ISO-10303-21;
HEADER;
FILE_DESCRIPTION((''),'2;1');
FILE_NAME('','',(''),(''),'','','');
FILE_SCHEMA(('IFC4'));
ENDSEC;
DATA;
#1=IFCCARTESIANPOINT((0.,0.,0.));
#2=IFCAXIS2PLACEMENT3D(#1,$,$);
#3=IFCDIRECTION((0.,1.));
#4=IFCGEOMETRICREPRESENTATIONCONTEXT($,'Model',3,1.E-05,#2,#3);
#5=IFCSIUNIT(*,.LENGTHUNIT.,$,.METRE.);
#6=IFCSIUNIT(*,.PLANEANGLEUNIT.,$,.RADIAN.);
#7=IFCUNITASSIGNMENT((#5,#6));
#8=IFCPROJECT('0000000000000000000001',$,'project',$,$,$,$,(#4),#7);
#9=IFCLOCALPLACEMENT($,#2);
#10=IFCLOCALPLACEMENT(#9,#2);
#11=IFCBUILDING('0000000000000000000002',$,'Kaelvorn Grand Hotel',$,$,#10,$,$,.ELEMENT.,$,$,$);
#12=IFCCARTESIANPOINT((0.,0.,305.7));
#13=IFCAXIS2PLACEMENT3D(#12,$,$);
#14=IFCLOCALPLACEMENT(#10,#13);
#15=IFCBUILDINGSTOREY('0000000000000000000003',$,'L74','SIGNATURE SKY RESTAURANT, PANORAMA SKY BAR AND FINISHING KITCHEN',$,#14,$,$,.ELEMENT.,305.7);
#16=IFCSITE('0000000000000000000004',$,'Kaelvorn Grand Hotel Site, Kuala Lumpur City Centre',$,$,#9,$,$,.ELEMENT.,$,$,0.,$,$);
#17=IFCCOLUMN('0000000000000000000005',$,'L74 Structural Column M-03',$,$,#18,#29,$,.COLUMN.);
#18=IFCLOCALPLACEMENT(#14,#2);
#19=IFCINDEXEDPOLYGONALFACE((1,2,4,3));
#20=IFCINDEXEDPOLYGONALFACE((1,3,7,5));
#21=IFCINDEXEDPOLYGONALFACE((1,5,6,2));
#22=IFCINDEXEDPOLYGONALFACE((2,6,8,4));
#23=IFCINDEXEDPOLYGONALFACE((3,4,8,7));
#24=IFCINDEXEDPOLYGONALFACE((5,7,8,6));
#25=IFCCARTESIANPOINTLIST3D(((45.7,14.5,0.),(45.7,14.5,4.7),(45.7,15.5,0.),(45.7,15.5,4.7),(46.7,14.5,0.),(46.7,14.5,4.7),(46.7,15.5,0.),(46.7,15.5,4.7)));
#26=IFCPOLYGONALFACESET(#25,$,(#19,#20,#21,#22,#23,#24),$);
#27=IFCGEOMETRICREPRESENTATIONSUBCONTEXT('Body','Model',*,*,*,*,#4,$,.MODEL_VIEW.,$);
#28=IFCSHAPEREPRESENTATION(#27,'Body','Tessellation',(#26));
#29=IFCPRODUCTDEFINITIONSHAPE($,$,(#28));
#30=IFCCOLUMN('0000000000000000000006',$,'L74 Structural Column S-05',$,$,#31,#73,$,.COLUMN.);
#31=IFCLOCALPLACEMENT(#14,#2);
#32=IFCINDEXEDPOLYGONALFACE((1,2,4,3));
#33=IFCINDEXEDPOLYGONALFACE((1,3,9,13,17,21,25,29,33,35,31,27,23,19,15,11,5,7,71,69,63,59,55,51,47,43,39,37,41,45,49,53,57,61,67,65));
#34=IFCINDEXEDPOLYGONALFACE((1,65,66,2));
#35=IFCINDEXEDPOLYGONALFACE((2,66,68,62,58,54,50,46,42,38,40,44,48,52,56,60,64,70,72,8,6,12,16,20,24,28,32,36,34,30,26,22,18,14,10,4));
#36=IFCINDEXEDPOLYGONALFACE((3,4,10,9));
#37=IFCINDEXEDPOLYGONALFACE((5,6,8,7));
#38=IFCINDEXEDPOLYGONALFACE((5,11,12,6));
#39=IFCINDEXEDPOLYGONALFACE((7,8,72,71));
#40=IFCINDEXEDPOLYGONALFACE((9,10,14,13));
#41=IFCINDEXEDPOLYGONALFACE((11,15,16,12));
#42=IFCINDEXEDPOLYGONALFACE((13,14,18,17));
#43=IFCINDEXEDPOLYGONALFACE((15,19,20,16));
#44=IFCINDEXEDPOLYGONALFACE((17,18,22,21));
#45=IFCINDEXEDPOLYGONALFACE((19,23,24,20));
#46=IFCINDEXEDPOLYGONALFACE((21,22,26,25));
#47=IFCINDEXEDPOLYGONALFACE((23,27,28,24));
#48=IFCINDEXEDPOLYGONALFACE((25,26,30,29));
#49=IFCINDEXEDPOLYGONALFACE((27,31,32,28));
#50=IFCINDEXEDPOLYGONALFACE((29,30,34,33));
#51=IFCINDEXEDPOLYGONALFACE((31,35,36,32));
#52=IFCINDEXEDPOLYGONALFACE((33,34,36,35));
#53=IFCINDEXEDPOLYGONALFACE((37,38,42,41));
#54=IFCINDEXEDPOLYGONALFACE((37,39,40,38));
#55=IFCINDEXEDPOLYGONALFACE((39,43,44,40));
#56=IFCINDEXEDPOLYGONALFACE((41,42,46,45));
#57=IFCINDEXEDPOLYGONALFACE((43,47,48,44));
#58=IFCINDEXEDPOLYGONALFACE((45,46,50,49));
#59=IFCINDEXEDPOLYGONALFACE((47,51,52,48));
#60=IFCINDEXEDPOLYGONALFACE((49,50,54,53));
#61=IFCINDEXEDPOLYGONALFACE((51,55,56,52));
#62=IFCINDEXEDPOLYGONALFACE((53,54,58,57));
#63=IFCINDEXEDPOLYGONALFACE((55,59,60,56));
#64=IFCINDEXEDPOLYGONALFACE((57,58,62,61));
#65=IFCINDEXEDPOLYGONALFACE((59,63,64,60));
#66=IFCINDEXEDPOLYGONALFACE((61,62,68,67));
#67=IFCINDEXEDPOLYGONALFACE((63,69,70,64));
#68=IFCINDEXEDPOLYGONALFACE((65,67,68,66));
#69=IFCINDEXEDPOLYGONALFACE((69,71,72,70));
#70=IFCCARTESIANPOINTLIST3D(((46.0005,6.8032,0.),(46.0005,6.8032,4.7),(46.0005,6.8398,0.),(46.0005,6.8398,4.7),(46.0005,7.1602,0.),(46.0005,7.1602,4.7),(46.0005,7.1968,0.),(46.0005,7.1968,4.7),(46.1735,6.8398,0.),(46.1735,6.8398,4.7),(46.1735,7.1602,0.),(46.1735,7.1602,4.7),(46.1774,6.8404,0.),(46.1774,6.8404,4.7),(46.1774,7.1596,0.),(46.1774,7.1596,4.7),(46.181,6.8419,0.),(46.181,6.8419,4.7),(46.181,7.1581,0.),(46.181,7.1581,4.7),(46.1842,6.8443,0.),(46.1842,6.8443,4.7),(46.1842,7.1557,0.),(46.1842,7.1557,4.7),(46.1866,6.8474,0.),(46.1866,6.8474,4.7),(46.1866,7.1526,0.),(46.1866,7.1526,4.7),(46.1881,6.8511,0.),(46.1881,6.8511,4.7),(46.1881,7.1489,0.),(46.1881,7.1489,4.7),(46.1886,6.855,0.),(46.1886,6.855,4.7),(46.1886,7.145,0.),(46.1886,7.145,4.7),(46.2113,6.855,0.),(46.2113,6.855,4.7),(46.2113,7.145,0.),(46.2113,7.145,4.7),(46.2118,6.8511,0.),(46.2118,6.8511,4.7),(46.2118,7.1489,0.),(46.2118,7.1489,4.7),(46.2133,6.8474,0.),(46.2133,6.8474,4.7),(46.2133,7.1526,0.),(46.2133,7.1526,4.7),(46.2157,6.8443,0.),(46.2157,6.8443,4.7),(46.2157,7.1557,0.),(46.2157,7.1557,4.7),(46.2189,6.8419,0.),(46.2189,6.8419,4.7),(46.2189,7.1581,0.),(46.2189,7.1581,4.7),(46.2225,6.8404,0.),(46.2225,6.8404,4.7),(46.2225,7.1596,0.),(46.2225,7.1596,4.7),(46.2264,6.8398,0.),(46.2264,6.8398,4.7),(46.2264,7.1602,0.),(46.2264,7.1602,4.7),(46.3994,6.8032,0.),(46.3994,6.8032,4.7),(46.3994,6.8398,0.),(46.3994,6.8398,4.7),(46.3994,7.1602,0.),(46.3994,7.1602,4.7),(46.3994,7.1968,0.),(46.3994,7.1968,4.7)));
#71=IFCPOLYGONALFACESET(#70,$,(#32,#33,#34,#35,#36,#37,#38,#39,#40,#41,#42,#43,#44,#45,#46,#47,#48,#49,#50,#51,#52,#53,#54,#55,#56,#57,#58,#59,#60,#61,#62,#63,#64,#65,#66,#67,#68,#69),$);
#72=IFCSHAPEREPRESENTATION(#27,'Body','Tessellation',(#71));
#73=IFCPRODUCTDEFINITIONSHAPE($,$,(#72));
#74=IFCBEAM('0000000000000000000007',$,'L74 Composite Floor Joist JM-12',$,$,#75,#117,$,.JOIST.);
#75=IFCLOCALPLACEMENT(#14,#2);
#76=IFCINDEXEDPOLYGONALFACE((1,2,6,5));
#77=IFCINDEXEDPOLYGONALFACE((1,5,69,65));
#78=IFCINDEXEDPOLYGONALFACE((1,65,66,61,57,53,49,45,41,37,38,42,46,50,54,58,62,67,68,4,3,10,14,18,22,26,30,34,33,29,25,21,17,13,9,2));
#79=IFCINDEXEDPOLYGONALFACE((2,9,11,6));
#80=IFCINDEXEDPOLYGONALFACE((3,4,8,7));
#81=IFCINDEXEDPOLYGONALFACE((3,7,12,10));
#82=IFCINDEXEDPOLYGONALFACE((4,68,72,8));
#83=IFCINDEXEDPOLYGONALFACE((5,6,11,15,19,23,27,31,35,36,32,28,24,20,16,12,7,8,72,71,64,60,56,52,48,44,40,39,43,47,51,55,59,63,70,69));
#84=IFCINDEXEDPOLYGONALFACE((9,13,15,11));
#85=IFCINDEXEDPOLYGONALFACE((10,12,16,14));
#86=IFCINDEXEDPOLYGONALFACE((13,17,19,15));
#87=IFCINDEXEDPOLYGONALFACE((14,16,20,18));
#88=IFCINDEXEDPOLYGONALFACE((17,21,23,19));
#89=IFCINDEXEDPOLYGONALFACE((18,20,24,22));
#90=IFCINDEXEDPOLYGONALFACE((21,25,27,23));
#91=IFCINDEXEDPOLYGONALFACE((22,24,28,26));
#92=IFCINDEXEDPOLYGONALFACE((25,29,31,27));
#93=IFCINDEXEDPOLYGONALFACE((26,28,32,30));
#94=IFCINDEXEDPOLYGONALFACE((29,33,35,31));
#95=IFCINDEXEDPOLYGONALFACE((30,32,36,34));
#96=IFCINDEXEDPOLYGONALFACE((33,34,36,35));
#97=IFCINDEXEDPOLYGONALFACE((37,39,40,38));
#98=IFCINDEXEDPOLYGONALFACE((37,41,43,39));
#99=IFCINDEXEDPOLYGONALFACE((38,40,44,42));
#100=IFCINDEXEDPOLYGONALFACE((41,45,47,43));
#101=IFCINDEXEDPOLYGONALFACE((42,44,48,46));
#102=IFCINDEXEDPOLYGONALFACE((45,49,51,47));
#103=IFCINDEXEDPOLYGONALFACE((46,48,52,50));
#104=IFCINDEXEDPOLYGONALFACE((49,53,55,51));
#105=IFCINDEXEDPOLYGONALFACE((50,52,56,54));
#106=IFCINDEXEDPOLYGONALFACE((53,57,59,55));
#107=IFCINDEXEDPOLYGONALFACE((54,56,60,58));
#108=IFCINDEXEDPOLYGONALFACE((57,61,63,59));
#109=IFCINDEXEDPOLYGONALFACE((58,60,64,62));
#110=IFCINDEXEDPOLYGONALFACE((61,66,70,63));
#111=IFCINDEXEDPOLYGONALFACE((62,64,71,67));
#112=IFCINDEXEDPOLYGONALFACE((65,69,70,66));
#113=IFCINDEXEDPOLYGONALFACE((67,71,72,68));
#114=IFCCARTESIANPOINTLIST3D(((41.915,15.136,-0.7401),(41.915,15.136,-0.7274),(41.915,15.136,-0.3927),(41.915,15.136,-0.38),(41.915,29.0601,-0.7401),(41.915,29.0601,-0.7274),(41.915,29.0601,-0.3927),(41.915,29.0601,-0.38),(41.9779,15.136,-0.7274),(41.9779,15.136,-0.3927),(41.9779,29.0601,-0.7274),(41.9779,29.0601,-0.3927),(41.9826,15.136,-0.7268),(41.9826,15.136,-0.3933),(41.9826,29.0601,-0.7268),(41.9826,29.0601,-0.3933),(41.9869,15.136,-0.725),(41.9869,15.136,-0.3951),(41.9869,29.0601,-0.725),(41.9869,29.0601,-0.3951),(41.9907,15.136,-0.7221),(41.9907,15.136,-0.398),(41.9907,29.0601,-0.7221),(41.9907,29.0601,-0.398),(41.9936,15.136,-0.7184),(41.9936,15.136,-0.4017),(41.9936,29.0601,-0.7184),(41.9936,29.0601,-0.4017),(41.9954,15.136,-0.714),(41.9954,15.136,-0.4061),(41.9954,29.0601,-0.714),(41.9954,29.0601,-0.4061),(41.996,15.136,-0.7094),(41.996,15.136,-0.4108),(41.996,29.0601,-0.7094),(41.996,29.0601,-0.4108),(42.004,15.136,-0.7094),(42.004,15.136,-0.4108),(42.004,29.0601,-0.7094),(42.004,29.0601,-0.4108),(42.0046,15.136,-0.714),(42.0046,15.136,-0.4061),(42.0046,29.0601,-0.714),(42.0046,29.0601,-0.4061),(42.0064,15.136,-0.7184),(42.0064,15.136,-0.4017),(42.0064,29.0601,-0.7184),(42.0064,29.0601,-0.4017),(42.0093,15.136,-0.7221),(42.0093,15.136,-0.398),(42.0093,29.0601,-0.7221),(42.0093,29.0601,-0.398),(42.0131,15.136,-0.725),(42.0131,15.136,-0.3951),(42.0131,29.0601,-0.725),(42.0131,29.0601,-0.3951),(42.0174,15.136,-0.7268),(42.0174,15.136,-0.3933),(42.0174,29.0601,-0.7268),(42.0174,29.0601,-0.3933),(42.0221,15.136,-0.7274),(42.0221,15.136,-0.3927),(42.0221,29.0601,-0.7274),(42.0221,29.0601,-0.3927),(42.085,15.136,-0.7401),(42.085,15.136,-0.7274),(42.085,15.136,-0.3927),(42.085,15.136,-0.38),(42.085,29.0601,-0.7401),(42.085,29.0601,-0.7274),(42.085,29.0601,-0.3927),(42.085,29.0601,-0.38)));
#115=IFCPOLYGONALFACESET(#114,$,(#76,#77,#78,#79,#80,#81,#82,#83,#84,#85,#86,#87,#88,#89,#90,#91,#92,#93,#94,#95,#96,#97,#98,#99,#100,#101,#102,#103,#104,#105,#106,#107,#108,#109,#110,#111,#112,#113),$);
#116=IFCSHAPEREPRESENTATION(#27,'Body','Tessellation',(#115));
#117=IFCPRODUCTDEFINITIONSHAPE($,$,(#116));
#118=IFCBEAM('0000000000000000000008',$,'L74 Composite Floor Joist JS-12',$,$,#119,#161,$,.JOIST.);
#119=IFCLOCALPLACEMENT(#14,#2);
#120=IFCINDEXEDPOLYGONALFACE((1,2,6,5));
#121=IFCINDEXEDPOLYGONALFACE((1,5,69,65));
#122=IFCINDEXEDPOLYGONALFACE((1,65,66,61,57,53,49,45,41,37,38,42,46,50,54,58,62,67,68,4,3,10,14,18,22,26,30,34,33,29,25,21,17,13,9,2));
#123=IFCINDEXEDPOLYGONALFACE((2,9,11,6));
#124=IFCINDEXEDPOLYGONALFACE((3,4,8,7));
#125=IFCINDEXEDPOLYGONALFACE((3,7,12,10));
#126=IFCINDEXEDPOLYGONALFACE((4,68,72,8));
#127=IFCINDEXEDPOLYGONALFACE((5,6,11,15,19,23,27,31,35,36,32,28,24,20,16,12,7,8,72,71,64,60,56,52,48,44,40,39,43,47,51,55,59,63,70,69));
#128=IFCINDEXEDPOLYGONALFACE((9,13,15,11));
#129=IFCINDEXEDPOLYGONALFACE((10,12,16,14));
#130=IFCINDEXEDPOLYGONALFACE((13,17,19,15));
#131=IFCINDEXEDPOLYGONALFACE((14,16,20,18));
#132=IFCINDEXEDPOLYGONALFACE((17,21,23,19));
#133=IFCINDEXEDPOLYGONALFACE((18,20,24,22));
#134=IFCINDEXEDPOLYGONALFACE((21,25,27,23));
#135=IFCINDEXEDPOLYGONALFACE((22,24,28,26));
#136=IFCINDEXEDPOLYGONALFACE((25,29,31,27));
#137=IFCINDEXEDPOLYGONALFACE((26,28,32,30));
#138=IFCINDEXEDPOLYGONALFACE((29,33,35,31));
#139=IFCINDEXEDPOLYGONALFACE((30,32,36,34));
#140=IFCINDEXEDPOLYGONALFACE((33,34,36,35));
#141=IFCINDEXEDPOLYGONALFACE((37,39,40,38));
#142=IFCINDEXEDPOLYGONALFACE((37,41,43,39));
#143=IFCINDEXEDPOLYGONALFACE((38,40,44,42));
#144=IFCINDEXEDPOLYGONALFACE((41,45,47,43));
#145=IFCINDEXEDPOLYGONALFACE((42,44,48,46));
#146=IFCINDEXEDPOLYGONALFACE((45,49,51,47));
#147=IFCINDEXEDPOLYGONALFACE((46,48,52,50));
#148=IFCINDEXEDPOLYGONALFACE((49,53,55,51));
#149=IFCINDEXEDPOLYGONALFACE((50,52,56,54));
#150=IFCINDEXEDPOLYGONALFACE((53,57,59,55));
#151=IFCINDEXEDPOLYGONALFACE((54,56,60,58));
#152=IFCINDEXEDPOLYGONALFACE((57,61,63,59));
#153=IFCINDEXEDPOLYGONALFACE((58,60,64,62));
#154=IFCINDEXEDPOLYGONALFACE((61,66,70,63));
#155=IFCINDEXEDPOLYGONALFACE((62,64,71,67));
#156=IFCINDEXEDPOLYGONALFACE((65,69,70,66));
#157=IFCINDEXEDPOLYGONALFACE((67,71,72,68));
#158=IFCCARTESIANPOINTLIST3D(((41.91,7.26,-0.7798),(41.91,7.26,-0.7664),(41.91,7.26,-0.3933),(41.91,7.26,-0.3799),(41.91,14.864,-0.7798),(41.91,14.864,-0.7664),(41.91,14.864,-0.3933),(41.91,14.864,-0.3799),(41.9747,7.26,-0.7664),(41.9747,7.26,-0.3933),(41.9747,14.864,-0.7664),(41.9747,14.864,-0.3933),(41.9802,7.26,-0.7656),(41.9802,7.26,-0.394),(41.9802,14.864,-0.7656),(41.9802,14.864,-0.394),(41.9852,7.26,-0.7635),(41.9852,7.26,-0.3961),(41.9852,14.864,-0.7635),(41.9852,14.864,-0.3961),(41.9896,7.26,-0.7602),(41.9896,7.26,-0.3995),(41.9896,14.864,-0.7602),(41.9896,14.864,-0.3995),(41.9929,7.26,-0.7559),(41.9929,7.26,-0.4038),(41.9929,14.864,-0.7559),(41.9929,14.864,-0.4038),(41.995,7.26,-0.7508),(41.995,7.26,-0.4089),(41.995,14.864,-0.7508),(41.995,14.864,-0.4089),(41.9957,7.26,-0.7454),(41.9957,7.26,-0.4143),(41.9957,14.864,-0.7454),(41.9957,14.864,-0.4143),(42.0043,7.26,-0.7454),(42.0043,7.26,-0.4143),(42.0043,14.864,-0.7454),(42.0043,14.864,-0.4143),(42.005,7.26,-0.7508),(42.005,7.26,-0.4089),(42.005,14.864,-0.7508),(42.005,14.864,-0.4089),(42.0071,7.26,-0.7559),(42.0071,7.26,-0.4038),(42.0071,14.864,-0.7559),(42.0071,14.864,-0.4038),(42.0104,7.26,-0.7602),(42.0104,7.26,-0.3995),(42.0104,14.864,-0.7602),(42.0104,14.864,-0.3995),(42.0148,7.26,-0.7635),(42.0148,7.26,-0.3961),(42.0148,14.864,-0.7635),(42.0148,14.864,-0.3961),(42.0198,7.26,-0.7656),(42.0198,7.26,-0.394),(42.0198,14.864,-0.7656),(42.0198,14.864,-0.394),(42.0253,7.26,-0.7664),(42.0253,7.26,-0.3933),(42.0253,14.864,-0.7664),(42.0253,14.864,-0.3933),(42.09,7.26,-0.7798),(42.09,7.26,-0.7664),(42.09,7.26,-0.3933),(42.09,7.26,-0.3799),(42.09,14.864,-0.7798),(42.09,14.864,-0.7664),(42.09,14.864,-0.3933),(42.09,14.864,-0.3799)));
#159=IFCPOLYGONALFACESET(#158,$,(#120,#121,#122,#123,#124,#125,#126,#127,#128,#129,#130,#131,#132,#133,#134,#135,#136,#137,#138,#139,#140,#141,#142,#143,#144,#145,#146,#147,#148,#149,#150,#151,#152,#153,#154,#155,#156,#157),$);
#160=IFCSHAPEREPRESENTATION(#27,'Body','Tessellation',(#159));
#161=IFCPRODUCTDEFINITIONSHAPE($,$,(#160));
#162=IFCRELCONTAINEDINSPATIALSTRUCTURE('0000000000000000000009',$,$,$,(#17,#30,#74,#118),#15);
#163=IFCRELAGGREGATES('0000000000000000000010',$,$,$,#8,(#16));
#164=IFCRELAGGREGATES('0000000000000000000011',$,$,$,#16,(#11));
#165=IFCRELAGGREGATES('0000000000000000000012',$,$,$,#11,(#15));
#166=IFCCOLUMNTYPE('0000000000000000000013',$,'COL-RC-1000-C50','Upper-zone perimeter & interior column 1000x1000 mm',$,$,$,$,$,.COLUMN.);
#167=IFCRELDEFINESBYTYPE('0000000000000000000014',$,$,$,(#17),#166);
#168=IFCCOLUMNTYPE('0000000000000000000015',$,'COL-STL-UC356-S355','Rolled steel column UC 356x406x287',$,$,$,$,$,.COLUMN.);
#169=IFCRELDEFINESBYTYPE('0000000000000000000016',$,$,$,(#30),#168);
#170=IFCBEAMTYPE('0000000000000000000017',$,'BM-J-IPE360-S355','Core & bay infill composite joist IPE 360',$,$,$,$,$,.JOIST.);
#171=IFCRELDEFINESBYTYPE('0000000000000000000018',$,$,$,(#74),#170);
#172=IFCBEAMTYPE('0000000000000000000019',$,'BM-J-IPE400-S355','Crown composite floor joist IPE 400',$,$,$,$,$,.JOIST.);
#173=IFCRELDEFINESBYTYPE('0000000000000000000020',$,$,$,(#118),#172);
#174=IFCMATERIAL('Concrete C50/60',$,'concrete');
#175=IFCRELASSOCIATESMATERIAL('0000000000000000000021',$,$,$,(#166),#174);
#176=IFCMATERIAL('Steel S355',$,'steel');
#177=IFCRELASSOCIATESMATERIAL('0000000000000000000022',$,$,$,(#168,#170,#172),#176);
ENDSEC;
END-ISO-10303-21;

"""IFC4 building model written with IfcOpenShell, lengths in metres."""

from ifc_helpers import new_model, si_unit, direction, frame, origin, origin_2d, place, context, subcontext, project, spatial, rectangle, i_section, extrude, material, material_profile, profile_set, type_object, element, save


model = new_model("IFC4")

# Units and contexts
model_context = context("Model", 3, precision=1e-05, world=origin(), true_north=direction((0.0, 1.0)))
body_context = subcontext(model_context, "Body", "Model", "MODEL_VIEW")
ifc_project = project(units=[si_unit("LENGTHUNIT", "METRE"), si_unit("PLANEANGLEUNIT", "RADIAN")], contexts=[model_context])

# Site, building, storey
site_placement = place(None, origin())
site = spatial("IfcSite", under=ifc_project, at=site_placement, Name="Kaelvorn Grand Hotel Site, Kuala Lumpur City Centre", CompositionType="ELEMENT", RefElevation=0.0)
building_placement = place(site_placement, origin())
building = spatial("IfcBuilding", under=site, at=building_placement, Name="Kaelvorn Grand Hotel", CompositionType="ELEMENT")
storey_placement = place(building_placement, frame((0.0, 0.0, 305.7)))
storey = spatial("IfcBuildingStorey", under=building, at=storey_placement, Name="L74", Description="SIGNATURE SKY RESTAURANT, PANORAMA SKY BAR AND FINISHING KITCHEN", CompositionType="ELEMENT", Elevation=305.7)

# Columns
ifc_material_1 = material(Name="Concrete C50/60", Category="concrete")
ifc_material_profile_1 = material_profile(ifc_material_1, rectangle(XDim=1.0, YDim=1.0, at=origin_2d()), Name="RC COL 1000x1000")
ifc_profile_set_1 = profile_set([ifc_material_profile_1], Name="Concrete C50/60")
column_type_1 = type_object("IfcColumnType", Name="COL-RC-1000-C50", Description="Upper-zone perimeter & interior column 1000x1000 mm", PredefinedType="COLUMN", material=ifc_profile_set_1)
column_1_placement = place(storey_placement, frame((46.2, 15.0, 0.0), z_axis=(0.0, 0.0, 1.0), x_axis=(1.0, 0.0, 0.0)))
element("IfcColumn", 1, at=column_1_placement, inside=storey, type_object=column_type_1, Name="L74 Structural Column M-03", PredefinedType="COLUMN", context=body_context, shape_type="SweptSolid", body=[
    extrude(rectangle(XDim=1.0, YDim=1.0, at=origin_2d()), origin(), (0.0, 0.0, 1.0), 4.7),
])
ifc_material_2 = material(Name="Steel S355", Category="steel")
ifc_material_profile_2 = material_profile(ifc_material_2, i_section(OverallWidth=0.3989, OverallDepth=0.3936, WebThickness=0.0227, FlangeThickness=0.0366, FilletRadius=0.0151, at=origin_2d()), Name="UC 356x406x287")
ifc_profile_set_2 = profile_set([ifc_material_profile_2], Name="Steel S355")
column_type_2 = type_object("IfcColumnType", Name="COL-STL-UC356-S355", Description="Rolled steel column UC 356x406x287", PredefinedType="COLUMN", material=ifc_profile_set_2)
column_2_placement = place(storey_placement, frame((46.2, 7.0, 0.0), z_axis=(0.0, 0.0, 1.0), x_axis=(1.0, 0.0, 0.0)))
element("IfcColumn", 2, at=column_2_placement, inside=storey, type_object=column_type_2, Name="L74 Structural Column S-05", PredefinedType="COLUMN", context=body_context, shape_type="SweptSolid", body=[
    extrude(i_section(OverallWidth=0.3989, OverallDepth=0.3936, WebThickness=0.0227, FlangeThickness=0.0366, FilletRadius=0.0151, at=origin_2d()), origin(), (0.0, 0.0, 1.0), 4.7),
])

# Beams
ifc_material_profile_3 = material_profile(ifc_material_2, i_section(OverallWidth=0.1699, OverallDepth=0.3601, WebThickness=0.0081, FlangeThickness=0.0127, FilletRadius=0.0181, at=origin_2d()), Name="IPE 360")
ifc_profile_set_3 = profile_set([ifc_material_profile_3], Name="Steel S355")
beam_type_1 = type_object("IfcBeamType", Name="BM-J-IPE360-S355", Description="Core & bay infill composite joist IPE 360", PredefinedType="JOIST", material=ifc_profile_set_3)
beam_1_placement = place(storey_placement, frame((42.0, 15.136, -0.5601), z_axis=(0.0, 1.0, 0.0), x_axis=(-1.0, 0.0, 0.0)))
element("IfcBeam", 3, at=beam_1_placement, inside=storey, type_object=beam_type_1, Name="L74 Composite Floor Joist JM-12", PredefinedType="JOIST", context=body_context, shape_type="SweptSolid", body=[
    extrude(i_section(OverallWidth=0.1699, OverallDepth=0.3601, WebThickness=0.0081, FlangeThickness=0.0127, FilletRadius=0.0181, at=origin_2d()), origin(), (0.0, 0.0, 1.0), 13.9241),
])
ifc_material_profile_4 = material_profile(ifc_material_2, i_section(OverallWidth=0.1799, OverallDepth=0.3999, WebThickness=0.0085, FlangeThickness=0.0134, FilletRadius=0.021, at=origin_2d()), Name="IPE 400")
ifc_profile_set_4 = profile_set([ifc_material_profile_4], Name="Steel S355")
beam_type_2 = type_object("IfcBeamType", Name="BM-J-IPE400-S355", Description="Crown composite floor joist IPE 400", PredefinedType="JOIST", material=ifc_profile_set_4)
beam_2_placement = place(storey_placement, frame((42.0, 7.26, -0.5798), z_axis=(0.0, 1.0, 0.0), x_axis=(-1.0, 0.0, 0.0)))
element("IfcBeam", 4, at=beam_2_placement, inside=storey, type_object=beam_type_2, Name="L74 Composite Floor Joist JS-12", PredefinedType="JOIST", context=body_context, shape_type="SweptSolid", body=[
    extrude(i_section(OverallWidth=0.1799, OverallDepth=0.3999, WebThickness=0.0085, FlangeThickness=0.0134, FilletRadius=0.021, at=origin_2d()), origin(), (0.0, 0.0, 1.0), 7.604),
])

save(model, "model.ifc")
